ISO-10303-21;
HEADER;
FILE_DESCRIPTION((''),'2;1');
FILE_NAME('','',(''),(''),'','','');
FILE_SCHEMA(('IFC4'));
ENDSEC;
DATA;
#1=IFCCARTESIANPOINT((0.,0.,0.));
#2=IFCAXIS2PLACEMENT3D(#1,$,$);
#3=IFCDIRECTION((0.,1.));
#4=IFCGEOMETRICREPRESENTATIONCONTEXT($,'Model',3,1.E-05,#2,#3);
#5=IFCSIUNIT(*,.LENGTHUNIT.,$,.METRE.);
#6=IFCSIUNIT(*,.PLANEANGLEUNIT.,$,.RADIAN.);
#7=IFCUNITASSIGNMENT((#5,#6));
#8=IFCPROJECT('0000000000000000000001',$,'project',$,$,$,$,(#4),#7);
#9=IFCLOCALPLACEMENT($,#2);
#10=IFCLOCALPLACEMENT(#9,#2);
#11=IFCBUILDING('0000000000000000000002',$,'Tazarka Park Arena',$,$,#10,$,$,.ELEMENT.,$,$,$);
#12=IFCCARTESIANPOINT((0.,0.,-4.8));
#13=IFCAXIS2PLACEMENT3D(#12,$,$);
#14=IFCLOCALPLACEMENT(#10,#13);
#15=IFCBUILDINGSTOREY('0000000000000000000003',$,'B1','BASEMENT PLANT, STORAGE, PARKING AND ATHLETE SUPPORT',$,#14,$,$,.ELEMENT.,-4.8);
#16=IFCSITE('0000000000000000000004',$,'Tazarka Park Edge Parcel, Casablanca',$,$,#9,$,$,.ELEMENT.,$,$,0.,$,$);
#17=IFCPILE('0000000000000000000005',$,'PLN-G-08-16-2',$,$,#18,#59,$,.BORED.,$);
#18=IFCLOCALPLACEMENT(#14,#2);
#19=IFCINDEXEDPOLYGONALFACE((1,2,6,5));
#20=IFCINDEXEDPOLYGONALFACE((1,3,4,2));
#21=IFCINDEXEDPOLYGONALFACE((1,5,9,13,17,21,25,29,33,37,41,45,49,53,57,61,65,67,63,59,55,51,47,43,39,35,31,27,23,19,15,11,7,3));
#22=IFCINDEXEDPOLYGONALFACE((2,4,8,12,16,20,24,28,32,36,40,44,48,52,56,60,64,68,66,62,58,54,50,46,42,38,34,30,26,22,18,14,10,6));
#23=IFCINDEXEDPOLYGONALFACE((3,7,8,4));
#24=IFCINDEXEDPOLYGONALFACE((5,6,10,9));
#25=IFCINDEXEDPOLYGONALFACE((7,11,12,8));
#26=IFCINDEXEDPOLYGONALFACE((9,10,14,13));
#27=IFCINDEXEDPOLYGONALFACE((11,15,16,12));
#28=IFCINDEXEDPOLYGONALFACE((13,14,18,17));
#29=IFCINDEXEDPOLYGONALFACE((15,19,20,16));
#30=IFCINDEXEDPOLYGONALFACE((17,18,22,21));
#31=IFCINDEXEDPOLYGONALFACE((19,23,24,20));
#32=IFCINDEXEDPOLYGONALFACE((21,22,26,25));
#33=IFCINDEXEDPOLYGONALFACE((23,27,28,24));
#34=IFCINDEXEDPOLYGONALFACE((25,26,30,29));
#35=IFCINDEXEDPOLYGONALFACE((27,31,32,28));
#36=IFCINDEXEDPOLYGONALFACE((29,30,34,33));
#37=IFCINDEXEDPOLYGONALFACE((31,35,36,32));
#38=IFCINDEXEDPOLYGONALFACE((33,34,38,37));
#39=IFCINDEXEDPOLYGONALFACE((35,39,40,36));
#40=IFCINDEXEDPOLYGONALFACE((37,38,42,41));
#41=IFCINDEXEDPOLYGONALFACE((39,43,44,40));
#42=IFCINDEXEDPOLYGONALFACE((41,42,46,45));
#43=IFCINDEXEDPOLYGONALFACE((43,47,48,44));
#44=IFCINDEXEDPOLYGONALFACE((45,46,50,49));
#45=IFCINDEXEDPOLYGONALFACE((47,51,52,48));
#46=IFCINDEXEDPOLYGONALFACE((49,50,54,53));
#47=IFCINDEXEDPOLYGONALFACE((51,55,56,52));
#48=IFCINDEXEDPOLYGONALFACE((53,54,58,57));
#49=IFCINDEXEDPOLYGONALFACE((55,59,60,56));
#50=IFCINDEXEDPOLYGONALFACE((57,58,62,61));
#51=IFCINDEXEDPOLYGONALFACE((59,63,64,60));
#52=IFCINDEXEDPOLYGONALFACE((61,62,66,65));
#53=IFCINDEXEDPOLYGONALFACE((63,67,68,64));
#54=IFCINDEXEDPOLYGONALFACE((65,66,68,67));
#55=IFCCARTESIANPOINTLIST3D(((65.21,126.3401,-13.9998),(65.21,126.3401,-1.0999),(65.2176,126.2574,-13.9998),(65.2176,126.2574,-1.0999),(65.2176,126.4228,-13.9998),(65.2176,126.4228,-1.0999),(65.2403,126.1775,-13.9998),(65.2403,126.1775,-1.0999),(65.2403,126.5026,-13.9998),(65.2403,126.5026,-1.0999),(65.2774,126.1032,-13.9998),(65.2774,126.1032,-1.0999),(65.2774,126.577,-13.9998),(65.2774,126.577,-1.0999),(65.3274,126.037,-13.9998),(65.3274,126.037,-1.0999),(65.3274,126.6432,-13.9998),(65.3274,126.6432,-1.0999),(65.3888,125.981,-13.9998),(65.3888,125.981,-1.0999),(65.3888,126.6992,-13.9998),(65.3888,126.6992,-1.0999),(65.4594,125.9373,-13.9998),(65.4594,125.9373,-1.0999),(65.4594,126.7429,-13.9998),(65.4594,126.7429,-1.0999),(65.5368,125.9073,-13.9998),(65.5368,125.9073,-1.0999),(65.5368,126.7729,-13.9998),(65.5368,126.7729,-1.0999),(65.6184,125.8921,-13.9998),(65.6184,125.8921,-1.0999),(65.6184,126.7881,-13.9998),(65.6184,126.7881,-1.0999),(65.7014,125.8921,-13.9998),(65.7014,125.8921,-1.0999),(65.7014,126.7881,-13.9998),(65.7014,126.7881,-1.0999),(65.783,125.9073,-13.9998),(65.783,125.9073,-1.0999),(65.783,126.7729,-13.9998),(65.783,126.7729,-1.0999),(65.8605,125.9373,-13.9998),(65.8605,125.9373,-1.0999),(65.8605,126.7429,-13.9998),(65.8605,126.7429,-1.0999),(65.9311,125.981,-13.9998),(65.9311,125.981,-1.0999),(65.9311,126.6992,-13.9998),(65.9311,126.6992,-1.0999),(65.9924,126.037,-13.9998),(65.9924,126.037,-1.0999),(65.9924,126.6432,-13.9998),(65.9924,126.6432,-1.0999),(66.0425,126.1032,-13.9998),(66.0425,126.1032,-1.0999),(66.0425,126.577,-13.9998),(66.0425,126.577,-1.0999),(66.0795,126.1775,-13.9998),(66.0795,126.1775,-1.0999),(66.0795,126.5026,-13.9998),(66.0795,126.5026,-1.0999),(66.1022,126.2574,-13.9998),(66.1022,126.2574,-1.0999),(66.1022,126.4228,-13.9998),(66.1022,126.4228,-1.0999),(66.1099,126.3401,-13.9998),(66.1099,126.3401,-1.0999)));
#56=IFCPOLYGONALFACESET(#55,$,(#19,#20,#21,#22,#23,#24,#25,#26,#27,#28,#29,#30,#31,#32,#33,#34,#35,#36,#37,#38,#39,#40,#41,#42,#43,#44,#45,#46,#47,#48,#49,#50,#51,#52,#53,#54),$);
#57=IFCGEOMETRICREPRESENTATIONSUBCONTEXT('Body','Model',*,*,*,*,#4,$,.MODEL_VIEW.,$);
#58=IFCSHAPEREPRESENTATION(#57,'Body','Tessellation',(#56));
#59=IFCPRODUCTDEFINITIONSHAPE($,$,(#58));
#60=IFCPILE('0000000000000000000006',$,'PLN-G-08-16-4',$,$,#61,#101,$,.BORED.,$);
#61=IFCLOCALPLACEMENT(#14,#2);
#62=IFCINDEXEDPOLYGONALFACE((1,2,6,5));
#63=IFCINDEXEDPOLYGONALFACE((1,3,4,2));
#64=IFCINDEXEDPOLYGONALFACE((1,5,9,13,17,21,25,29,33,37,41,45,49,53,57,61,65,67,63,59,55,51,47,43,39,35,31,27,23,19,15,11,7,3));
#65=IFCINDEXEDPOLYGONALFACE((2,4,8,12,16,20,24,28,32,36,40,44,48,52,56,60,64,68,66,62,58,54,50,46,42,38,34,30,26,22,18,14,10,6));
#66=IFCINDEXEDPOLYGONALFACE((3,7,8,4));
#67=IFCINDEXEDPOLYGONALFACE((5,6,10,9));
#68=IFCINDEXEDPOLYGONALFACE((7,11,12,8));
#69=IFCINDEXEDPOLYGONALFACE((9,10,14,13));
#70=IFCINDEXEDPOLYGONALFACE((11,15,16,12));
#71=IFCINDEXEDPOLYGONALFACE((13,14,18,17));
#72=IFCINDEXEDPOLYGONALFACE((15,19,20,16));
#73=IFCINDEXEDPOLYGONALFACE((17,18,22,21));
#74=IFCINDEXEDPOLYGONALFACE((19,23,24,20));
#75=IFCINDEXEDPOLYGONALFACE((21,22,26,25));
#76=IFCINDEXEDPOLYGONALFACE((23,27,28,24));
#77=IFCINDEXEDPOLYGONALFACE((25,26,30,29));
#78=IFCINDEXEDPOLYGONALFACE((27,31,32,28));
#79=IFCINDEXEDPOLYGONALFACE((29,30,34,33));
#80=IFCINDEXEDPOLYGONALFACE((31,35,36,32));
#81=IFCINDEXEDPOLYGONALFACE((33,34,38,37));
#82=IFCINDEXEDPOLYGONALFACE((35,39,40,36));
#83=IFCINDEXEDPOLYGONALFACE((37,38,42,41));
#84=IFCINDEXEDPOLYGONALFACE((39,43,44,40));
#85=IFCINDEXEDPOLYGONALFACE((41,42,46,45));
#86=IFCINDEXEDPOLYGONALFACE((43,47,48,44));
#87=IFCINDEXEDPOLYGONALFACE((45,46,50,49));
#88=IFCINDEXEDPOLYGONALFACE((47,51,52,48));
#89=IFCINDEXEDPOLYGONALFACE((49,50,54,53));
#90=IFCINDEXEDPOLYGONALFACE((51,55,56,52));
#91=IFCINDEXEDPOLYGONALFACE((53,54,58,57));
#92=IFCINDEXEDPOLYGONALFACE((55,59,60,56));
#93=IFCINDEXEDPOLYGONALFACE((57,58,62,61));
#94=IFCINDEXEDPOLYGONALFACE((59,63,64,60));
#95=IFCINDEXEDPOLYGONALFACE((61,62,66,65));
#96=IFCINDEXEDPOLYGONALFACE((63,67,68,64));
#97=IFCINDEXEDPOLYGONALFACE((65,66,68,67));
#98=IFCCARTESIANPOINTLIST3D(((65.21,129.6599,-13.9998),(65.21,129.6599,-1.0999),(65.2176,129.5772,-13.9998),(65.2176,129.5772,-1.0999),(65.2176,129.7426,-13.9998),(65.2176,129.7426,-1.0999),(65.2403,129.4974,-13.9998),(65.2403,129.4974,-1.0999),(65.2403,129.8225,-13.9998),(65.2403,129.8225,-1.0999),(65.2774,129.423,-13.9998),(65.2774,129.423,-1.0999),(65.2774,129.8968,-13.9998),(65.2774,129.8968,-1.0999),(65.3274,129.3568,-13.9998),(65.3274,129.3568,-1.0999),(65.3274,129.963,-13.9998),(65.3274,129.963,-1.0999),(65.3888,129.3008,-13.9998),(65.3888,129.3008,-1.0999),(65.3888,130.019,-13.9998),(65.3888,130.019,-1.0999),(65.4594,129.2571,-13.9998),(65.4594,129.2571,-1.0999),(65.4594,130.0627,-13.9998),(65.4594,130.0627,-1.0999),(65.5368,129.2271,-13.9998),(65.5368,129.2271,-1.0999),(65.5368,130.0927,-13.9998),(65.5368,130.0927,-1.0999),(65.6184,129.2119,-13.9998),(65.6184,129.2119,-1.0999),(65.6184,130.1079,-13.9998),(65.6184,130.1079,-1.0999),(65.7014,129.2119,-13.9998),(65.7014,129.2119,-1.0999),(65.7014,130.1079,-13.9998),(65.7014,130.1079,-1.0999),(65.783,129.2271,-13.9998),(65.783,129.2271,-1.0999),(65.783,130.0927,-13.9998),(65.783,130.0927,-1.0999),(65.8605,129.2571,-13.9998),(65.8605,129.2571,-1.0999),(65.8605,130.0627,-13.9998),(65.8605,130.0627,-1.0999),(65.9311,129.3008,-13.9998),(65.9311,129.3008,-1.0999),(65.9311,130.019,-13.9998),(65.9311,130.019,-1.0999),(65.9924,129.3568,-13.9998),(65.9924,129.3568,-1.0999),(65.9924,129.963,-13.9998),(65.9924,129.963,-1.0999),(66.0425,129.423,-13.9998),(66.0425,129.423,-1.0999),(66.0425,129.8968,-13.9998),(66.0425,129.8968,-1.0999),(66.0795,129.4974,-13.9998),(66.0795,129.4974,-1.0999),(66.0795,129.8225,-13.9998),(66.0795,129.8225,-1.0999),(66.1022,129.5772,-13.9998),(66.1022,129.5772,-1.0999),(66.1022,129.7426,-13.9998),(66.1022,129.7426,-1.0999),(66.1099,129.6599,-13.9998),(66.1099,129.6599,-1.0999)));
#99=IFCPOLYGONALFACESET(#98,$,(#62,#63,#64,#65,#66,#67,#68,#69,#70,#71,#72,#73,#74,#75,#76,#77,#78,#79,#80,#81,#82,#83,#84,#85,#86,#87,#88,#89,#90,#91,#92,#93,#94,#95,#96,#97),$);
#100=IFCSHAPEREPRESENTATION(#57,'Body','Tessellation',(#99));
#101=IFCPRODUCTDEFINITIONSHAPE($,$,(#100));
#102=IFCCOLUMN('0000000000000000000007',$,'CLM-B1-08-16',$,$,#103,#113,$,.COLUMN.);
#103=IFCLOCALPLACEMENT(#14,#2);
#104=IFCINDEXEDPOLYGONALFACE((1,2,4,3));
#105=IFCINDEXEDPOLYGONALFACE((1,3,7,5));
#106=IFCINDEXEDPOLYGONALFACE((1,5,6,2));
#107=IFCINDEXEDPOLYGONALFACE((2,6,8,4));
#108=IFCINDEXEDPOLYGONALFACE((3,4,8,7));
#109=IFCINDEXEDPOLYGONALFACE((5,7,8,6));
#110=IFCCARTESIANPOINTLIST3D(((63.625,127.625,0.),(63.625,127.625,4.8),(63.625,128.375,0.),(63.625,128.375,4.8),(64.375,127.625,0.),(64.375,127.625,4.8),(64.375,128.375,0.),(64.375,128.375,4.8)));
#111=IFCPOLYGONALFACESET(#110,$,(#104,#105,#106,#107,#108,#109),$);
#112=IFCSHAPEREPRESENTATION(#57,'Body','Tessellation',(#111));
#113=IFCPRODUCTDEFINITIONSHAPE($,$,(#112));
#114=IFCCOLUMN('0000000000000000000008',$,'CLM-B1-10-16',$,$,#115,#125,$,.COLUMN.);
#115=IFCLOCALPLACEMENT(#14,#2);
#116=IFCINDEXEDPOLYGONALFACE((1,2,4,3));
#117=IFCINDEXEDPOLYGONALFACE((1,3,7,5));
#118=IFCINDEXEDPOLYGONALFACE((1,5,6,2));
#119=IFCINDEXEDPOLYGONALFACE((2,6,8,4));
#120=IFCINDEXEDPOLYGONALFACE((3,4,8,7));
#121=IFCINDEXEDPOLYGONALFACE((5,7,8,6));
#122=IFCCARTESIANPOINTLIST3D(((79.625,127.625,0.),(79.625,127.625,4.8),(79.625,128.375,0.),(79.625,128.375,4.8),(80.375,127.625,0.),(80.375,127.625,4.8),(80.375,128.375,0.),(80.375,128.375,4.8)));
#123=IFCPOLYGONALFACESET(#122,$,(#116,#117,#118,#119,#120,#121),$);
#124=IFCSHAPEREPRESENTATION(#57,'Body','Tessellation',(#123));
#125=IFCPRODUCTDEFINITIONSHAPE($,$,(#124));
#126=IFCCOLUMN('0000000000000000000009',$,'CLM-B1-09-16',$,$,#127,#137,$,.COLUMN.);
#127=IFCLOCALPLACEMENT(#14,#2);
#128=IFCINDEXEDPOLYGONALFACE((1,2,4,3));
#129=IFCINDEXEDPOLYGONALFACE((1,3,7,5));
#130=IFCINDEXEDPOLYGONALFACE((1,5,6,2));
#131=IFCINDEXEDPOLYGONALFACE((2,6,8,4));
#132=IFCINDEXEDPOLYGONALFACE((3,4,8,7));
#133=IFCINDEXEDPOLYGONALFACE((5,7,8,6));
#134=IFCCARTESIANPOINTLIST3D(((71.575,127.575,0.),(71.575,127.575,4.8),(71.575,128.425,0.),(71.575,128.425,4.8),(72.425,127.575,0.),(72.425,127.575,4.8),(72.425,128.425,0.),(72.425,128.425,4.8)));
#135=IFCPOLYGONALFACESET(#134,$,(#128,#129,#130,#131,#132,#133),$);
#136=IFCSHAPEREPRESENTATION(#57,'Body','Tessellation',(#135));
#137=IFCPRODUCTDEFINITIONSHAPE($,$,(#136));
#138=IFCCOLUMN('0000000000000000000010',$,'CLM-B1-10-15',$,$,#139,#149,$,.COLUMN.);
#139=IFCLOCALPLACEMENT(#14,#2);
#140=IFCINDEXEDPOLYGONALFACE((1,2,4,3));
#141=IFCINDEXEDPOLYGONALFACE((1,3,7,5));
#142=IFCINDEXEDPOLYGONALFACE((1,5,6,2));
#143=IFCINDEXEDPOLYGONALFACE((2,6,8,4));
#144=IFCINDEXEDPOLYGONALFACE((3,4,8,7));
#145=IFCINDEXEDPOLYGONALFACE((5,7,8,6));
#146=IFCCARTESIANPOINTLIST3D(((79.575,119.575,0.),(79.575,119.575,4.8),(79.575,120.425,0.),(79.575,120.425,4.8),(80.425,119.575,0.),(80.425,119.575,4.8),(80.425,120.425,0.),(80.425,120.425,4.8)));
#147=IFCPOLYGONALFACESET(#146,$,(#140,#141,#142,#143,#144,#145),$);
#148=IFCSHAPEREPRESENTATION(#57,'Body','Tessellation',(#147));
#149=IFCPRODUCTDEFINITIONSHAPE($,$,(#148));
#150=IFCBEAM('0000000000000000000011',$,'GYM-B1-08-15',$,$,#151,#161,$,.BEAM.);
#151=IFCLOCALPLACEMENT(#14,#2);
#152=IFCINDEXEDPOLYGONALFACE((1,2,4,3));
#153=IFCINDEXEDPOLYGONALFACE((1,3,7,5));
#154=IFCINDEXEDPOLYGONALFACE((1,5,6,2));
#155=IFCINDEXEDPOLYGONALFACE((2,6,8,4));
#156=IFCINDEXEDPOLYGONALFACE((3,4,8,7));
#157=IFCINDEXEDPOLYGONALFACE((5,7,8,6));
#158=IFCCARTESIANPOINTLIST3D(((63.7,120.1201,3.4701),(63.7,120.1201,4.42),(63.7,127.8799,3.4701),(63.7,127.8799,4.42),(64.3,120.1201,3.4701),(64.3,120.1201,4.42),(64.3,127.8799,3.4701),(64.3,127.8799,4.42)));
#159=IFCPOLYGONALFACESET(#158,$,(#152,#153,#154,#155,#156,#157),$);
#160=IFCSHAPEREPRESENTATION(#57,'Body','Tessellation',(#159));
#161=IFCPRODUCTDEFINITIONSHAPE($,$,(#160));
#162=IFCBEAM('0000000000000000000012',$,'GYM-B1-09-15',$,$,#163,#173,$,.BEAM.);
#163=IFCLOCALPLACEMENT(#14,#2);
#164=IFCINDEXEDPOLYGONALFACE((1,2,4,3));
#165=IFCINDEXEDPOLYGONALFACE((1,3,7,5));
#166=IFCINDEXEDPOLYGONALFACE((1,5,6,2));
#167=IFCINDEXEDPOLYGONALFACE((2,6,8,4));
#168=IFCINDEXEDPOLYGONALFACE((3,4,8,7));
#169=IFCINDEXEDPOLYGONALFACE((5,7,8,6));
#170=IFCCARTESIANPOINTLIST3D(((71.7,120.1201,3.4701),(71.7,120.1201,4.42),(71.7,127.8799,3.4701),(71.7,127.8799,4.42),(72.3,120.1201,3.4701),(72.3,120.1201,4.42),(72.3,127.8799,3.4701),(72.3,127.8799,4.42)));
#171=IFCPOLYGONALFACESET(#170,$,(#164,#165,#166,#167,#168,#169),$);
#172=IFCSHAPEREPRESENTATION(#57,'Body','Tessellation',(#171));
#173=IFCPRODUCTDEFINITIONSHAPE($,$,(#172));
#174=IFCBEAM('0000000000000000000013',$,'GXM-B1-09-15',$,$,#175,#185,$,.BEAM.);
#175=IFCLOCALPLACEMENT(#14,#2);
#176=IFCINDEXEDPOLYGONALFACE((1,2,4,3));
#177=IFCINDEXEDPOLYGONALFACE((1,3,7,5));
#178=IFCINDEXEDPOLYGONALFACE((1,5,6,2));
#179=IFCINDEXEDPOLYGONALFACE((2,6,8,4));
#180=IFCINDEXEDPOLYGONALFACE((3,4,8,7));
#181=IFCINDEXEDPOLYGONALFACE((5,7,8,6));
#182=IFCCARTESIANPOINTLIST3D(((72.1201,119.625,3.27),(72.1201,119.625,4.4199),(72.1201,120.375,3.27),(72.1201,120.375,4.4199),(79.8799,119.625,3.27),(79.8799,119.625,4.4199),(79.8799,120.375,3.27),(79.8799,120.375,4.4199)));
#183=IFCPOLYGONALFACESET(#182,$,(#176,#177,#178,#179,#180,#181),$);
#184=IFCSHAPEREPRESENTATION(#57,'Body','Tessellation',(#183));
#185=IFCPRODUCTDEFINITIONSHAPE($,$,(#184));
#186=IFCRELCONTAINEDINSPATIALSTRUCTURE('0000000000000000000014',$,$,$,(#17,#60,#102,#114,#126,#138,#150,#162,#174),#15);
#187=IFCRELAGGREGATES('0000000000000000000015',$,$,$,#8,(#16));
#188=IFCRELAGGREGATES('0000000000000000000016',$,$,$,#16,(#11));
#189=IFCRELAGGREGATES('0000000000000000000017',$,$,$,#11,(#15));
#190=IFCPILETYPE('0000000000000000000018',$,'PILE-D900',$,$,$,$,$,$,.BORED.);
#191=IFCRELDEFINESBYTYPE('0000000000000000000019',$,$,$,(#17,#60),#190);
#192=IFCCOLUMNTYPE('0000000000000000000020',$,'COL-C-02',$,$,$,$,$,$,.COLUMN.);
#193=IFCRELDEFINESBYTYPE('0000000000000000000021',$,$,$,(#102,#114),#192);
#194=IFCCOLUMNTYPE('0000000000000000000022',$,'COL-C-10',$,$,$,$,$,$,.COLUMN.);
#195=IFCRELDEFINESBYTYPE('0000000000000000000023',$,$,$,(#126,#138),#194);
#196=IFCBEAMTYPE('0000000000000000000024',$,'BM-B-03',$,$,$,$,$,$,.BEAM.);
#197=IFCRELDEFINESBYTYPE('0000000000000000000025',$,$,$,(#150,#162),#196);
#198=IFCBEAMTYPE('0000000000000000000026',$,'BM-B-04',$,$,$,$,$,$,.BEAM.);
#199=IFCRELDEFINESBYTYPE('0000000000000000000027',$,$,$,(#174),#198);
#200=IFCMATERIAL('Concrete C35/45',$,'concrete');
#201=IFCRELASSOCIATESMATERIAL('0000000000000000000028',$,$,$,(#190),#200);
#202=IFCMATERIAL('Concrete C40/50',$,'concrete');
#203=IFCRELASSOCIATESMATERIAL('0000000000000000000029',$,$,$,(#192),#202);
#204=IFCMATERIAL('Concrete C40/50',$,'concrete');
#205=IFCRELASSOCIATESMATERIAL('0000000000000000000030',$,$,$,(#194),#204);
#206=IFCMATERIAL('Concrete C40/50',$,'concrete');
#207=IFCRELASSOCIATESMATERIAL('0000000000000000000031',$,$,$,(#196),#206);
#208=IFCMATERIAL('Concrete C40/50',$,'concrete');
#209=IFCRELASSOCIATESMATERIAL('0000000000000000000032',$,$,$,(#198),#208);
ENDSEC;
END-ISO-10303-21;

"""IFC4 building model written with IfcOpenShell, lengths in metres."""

from ifc_helpers import new_model, si_unit, direction, frame, origin, origin_2d, place, context, subcontext, project, spatial, rectangle, circle, extrude, material, material_profile, profile_set, type_object, element, save


model = new_model("IFC4")

# Units and contexts
model_context = context("Model", 3, precision=1e-05, world=origin(), true_north=direction((0.0, 1.0)))
body_context = subcontext(model_context, "Body", "Model", "MODEL_VIEW")
ifc_project = project(units=[si_unit("LENGTHUNIT", "METRE"), si_unit("PLANEANGLEUNIT", "RADIAN")], contexts=[model_context])

# Site, building, storey
site_placement = place(None, origin())
site = spatial("IfcSite", under=ifc_project, at=site_placement, Name="Tazarka Park Edge Parcel, Casablanca", CompositionType="ELEMENT", RefElevation=0.0)
building_placement = place(site_placement, origin())
building = spatial("IfcBuilding", under=site, at=building_placement, Name="Tazarka Park Arena", CompositionType="ELEMENT")
storey_placement = place(building_placement, frame((0.0, 0.0, -4.8)))
storey = spatial("IfcBuildingStorey", under=building, at=storey_placement, Name="B1", Description="BASEMENT PLANT, STORAGE, PARKING AND ATHLETE SUPPORT", CompositionType="ELEMENT", Elevation=-4.8)

# Piles
ifc_material_1 = material(Name="Concrete C35/45", Category="concrete")
ifc_material_profile_1 = material_profile(ifc_material_1, circle(Radius=0.45, at=origin_2d()), Name="Concrete C35/45")
ifc_profile_set_1 = profile_set([ifc_material_profile_1], Name="Concrete C35/45")
pile_type_1 = type_object("IfcPileType", Name="PILE-D900", PredefinedType="BORED", material=ifc_profile_set_1)
for number, where, z_axis, x_axis, name in (
    (1, (65.6599, 126.3401, -1.0999), (0.0, 0.0, -1.0), (1.0, 0.0, 0.0), "PLN-G-08-16-2"),
    (2, (65.6599, 129.6599, -1.0999), (0.0, 0.0, -1.0), (1.0, 0.0, 0.0), "PLN-G-08-16-4"),
):
    element("IfcPile", number, at=place(storey_placement, frame(where, z_axis=z_axis, x_axis=x_axis)), inside=storey, type_object=pile_type_1, Name=name, PredefinedType="BORED", context=body_context, shape_type="SweptSolid", body=[
        extrude(circle(Radius=0.45, at=origin_2d()), origin(), (0.0, 0.0, 1.0), 12.8999),
    ])

# Columns
ifc_material_2 = material(Name="Concrete C40/50", Category="concrete")
ifc_material_profile_2 = material_profile(ifc_material_2, rectangle(XDim=0.75, YDim=0.75, at=origin_2d()), Name="Concrete C40/50")
ifc_profile_set_2 = profile_set([ifc_material_profile_2], Name="Concrete C40/50")
column_type_1 = type_object("IfcColumnType", Name="COL-C-02", PredefinedType="COLUMN", material=ifc_profile_set_2)
for number, where, z_axis, x_axis, name in (
    (3, (64.0, 128.0, 0.0), (0.0, 0.0, 1.0), (1.0, 0.0, 0.0), "CLM-B1-08-16"),
    (4, (80.0, 128.0, 0.0), (0.0, 0.0, 1.0), (1.0, 0.0, 0.0), "CLM-B1-10-16"),
):
    element("IfcColumn", number, at=place(storey_placement, frame(where, z_axis=z_axis, x_axis=x_axis)), inside=storey, type_object=column_type_1, Name=name, PredefinedType="COLUMN", context=body_context, shape_type="SweptSolid", body=[
        extrude(rectangle(XDim=0.75, YDim=0.75, at=origin_2d()), origin(), (0.0, 0.0, 1.0), 4.8),
    ])
ifc_material_3 = material(Name="Concrete C40/50", Category="concrete")
ifc_material_profile_3 = material_profile(ifc_material_3, rectangle(XDim=0.8501, YDim=0.8501, at=origin_2d()), Name="Concrete C40/50")
ifc_profile_set_3 = profile_set([ifc_material_profile_3], Name="Concrete C40/50")
column_type_2 = type_object("IfcColumnType", Name="COL-C-10", PredefinedType="COLUMN", material=ifc_profile_set_3)
for number, where, z_axis, x_axis, name in (
    (5, (72.0, 128.0, 0.0), (0.0, 0.0, 1.0), (1.0, 0.0, 0.0), "CLM-B1-09-16"),
    (6, (80.0, 120.0, 0.0), (0.0, 0.0, 1.0), (1.0, 0.0, 0.0), "CLM-B1-10-15"),
):
    element("IfcColumn", number, at=place(storey_placement, frame(where, z_axis=z_axis, x_axis=x_axis)), inside=storey, type_object=column_type_2, Name=name, PredefinedType="COLUMN", context=body_context, shape_type="SweptSolid", body=[
        extrude(rectangle(XDim=0.8501, YDim=0.8501, at=origin_2d()), origin(), (0.0, 0.0, 1.0), 4.8),
    ])

# Beams
ifc_material_4 = material(Name="Concrete C40/50", Category="concrete")
ifc_material_profile_4 = material_profile(ifc_material_4, rectangle(XDim=0.6001, YDim=0.95, at=origin_2d()), Name="Concrete C40/50")
ifc_profile_set_4 = profile_set([ifc_material_profile_4], Name="Concrete C40/50")
beam_type_1 = type_object("IfcBeamType", Name="BM-B-03", PredefinedType="BEAM", material=ifc_profile_set_4)
for number, where, z_axis, x_axis, name in (
    (7, (64.0, 120.1201, 3.9451), (0.0, 1.0, 0.0), (-1.0, 0.0, 0.0), "GYM-B1-08-15"),
    (8, (72.0, 120.1201, 3.9451), (0.0, 1.0, 0.0), (-1.0, 0.0, 0.0), "GYM-B1-09-15"),
):
    element("IfcBeam", number, at=place(storey_placement, frame(where, z_axis=z_axis, x_axis=x_axis)), inside=storey, type_object=beam_type_1, Name=name, PredefinedType="BEAM", context=body_context, shape_type="SweptSolid", body=[
        extrude(rectangle(XDim=0.6001, YDim=0.95, at=origin_2d()), origin(), (0.0, 0.0, 1.0), 7.7598),
    ])
ifc_material_5 = material(Name="Concrete C40/50", Category="concrete")
ifc_material_profile_5 = material_profile(ifc_material_5, rectangle(XDim=0.75, YDim=1.1499, at=origin_2d()), Name="Concrete C40/50")
ifc_profile_set_5 = profile_set([ifc_material_profile_5], Name="Concrete C40/50")
beam_type_2 = type_object("IfcBeamType", Name="BM-B-04", PredefinedType="BEAM", material=ifc_profile_set_5)
beam_1_placement = place(storey_placement, frame((72.1201, 120.0, 3.845), z_axis=(1.0, 0.0, 0.0), x_axis=(0.0, 1.0, 0.0)))
element("IfcBeam", 9, at=beam_1_placement, inside=storey, type_object=beam_type_2, Name="GXM-B1-09-15", PredefinedType="BEAM", context=body_context, shape_type="SweptSolid", body=[
    extrude(rectangle(XDim=0.75, YDim=1.1499, at=origin_2d()), origin(), (0.0, 0.0, 1.0), 7.7598),
])

save(model, "model.ifc")
